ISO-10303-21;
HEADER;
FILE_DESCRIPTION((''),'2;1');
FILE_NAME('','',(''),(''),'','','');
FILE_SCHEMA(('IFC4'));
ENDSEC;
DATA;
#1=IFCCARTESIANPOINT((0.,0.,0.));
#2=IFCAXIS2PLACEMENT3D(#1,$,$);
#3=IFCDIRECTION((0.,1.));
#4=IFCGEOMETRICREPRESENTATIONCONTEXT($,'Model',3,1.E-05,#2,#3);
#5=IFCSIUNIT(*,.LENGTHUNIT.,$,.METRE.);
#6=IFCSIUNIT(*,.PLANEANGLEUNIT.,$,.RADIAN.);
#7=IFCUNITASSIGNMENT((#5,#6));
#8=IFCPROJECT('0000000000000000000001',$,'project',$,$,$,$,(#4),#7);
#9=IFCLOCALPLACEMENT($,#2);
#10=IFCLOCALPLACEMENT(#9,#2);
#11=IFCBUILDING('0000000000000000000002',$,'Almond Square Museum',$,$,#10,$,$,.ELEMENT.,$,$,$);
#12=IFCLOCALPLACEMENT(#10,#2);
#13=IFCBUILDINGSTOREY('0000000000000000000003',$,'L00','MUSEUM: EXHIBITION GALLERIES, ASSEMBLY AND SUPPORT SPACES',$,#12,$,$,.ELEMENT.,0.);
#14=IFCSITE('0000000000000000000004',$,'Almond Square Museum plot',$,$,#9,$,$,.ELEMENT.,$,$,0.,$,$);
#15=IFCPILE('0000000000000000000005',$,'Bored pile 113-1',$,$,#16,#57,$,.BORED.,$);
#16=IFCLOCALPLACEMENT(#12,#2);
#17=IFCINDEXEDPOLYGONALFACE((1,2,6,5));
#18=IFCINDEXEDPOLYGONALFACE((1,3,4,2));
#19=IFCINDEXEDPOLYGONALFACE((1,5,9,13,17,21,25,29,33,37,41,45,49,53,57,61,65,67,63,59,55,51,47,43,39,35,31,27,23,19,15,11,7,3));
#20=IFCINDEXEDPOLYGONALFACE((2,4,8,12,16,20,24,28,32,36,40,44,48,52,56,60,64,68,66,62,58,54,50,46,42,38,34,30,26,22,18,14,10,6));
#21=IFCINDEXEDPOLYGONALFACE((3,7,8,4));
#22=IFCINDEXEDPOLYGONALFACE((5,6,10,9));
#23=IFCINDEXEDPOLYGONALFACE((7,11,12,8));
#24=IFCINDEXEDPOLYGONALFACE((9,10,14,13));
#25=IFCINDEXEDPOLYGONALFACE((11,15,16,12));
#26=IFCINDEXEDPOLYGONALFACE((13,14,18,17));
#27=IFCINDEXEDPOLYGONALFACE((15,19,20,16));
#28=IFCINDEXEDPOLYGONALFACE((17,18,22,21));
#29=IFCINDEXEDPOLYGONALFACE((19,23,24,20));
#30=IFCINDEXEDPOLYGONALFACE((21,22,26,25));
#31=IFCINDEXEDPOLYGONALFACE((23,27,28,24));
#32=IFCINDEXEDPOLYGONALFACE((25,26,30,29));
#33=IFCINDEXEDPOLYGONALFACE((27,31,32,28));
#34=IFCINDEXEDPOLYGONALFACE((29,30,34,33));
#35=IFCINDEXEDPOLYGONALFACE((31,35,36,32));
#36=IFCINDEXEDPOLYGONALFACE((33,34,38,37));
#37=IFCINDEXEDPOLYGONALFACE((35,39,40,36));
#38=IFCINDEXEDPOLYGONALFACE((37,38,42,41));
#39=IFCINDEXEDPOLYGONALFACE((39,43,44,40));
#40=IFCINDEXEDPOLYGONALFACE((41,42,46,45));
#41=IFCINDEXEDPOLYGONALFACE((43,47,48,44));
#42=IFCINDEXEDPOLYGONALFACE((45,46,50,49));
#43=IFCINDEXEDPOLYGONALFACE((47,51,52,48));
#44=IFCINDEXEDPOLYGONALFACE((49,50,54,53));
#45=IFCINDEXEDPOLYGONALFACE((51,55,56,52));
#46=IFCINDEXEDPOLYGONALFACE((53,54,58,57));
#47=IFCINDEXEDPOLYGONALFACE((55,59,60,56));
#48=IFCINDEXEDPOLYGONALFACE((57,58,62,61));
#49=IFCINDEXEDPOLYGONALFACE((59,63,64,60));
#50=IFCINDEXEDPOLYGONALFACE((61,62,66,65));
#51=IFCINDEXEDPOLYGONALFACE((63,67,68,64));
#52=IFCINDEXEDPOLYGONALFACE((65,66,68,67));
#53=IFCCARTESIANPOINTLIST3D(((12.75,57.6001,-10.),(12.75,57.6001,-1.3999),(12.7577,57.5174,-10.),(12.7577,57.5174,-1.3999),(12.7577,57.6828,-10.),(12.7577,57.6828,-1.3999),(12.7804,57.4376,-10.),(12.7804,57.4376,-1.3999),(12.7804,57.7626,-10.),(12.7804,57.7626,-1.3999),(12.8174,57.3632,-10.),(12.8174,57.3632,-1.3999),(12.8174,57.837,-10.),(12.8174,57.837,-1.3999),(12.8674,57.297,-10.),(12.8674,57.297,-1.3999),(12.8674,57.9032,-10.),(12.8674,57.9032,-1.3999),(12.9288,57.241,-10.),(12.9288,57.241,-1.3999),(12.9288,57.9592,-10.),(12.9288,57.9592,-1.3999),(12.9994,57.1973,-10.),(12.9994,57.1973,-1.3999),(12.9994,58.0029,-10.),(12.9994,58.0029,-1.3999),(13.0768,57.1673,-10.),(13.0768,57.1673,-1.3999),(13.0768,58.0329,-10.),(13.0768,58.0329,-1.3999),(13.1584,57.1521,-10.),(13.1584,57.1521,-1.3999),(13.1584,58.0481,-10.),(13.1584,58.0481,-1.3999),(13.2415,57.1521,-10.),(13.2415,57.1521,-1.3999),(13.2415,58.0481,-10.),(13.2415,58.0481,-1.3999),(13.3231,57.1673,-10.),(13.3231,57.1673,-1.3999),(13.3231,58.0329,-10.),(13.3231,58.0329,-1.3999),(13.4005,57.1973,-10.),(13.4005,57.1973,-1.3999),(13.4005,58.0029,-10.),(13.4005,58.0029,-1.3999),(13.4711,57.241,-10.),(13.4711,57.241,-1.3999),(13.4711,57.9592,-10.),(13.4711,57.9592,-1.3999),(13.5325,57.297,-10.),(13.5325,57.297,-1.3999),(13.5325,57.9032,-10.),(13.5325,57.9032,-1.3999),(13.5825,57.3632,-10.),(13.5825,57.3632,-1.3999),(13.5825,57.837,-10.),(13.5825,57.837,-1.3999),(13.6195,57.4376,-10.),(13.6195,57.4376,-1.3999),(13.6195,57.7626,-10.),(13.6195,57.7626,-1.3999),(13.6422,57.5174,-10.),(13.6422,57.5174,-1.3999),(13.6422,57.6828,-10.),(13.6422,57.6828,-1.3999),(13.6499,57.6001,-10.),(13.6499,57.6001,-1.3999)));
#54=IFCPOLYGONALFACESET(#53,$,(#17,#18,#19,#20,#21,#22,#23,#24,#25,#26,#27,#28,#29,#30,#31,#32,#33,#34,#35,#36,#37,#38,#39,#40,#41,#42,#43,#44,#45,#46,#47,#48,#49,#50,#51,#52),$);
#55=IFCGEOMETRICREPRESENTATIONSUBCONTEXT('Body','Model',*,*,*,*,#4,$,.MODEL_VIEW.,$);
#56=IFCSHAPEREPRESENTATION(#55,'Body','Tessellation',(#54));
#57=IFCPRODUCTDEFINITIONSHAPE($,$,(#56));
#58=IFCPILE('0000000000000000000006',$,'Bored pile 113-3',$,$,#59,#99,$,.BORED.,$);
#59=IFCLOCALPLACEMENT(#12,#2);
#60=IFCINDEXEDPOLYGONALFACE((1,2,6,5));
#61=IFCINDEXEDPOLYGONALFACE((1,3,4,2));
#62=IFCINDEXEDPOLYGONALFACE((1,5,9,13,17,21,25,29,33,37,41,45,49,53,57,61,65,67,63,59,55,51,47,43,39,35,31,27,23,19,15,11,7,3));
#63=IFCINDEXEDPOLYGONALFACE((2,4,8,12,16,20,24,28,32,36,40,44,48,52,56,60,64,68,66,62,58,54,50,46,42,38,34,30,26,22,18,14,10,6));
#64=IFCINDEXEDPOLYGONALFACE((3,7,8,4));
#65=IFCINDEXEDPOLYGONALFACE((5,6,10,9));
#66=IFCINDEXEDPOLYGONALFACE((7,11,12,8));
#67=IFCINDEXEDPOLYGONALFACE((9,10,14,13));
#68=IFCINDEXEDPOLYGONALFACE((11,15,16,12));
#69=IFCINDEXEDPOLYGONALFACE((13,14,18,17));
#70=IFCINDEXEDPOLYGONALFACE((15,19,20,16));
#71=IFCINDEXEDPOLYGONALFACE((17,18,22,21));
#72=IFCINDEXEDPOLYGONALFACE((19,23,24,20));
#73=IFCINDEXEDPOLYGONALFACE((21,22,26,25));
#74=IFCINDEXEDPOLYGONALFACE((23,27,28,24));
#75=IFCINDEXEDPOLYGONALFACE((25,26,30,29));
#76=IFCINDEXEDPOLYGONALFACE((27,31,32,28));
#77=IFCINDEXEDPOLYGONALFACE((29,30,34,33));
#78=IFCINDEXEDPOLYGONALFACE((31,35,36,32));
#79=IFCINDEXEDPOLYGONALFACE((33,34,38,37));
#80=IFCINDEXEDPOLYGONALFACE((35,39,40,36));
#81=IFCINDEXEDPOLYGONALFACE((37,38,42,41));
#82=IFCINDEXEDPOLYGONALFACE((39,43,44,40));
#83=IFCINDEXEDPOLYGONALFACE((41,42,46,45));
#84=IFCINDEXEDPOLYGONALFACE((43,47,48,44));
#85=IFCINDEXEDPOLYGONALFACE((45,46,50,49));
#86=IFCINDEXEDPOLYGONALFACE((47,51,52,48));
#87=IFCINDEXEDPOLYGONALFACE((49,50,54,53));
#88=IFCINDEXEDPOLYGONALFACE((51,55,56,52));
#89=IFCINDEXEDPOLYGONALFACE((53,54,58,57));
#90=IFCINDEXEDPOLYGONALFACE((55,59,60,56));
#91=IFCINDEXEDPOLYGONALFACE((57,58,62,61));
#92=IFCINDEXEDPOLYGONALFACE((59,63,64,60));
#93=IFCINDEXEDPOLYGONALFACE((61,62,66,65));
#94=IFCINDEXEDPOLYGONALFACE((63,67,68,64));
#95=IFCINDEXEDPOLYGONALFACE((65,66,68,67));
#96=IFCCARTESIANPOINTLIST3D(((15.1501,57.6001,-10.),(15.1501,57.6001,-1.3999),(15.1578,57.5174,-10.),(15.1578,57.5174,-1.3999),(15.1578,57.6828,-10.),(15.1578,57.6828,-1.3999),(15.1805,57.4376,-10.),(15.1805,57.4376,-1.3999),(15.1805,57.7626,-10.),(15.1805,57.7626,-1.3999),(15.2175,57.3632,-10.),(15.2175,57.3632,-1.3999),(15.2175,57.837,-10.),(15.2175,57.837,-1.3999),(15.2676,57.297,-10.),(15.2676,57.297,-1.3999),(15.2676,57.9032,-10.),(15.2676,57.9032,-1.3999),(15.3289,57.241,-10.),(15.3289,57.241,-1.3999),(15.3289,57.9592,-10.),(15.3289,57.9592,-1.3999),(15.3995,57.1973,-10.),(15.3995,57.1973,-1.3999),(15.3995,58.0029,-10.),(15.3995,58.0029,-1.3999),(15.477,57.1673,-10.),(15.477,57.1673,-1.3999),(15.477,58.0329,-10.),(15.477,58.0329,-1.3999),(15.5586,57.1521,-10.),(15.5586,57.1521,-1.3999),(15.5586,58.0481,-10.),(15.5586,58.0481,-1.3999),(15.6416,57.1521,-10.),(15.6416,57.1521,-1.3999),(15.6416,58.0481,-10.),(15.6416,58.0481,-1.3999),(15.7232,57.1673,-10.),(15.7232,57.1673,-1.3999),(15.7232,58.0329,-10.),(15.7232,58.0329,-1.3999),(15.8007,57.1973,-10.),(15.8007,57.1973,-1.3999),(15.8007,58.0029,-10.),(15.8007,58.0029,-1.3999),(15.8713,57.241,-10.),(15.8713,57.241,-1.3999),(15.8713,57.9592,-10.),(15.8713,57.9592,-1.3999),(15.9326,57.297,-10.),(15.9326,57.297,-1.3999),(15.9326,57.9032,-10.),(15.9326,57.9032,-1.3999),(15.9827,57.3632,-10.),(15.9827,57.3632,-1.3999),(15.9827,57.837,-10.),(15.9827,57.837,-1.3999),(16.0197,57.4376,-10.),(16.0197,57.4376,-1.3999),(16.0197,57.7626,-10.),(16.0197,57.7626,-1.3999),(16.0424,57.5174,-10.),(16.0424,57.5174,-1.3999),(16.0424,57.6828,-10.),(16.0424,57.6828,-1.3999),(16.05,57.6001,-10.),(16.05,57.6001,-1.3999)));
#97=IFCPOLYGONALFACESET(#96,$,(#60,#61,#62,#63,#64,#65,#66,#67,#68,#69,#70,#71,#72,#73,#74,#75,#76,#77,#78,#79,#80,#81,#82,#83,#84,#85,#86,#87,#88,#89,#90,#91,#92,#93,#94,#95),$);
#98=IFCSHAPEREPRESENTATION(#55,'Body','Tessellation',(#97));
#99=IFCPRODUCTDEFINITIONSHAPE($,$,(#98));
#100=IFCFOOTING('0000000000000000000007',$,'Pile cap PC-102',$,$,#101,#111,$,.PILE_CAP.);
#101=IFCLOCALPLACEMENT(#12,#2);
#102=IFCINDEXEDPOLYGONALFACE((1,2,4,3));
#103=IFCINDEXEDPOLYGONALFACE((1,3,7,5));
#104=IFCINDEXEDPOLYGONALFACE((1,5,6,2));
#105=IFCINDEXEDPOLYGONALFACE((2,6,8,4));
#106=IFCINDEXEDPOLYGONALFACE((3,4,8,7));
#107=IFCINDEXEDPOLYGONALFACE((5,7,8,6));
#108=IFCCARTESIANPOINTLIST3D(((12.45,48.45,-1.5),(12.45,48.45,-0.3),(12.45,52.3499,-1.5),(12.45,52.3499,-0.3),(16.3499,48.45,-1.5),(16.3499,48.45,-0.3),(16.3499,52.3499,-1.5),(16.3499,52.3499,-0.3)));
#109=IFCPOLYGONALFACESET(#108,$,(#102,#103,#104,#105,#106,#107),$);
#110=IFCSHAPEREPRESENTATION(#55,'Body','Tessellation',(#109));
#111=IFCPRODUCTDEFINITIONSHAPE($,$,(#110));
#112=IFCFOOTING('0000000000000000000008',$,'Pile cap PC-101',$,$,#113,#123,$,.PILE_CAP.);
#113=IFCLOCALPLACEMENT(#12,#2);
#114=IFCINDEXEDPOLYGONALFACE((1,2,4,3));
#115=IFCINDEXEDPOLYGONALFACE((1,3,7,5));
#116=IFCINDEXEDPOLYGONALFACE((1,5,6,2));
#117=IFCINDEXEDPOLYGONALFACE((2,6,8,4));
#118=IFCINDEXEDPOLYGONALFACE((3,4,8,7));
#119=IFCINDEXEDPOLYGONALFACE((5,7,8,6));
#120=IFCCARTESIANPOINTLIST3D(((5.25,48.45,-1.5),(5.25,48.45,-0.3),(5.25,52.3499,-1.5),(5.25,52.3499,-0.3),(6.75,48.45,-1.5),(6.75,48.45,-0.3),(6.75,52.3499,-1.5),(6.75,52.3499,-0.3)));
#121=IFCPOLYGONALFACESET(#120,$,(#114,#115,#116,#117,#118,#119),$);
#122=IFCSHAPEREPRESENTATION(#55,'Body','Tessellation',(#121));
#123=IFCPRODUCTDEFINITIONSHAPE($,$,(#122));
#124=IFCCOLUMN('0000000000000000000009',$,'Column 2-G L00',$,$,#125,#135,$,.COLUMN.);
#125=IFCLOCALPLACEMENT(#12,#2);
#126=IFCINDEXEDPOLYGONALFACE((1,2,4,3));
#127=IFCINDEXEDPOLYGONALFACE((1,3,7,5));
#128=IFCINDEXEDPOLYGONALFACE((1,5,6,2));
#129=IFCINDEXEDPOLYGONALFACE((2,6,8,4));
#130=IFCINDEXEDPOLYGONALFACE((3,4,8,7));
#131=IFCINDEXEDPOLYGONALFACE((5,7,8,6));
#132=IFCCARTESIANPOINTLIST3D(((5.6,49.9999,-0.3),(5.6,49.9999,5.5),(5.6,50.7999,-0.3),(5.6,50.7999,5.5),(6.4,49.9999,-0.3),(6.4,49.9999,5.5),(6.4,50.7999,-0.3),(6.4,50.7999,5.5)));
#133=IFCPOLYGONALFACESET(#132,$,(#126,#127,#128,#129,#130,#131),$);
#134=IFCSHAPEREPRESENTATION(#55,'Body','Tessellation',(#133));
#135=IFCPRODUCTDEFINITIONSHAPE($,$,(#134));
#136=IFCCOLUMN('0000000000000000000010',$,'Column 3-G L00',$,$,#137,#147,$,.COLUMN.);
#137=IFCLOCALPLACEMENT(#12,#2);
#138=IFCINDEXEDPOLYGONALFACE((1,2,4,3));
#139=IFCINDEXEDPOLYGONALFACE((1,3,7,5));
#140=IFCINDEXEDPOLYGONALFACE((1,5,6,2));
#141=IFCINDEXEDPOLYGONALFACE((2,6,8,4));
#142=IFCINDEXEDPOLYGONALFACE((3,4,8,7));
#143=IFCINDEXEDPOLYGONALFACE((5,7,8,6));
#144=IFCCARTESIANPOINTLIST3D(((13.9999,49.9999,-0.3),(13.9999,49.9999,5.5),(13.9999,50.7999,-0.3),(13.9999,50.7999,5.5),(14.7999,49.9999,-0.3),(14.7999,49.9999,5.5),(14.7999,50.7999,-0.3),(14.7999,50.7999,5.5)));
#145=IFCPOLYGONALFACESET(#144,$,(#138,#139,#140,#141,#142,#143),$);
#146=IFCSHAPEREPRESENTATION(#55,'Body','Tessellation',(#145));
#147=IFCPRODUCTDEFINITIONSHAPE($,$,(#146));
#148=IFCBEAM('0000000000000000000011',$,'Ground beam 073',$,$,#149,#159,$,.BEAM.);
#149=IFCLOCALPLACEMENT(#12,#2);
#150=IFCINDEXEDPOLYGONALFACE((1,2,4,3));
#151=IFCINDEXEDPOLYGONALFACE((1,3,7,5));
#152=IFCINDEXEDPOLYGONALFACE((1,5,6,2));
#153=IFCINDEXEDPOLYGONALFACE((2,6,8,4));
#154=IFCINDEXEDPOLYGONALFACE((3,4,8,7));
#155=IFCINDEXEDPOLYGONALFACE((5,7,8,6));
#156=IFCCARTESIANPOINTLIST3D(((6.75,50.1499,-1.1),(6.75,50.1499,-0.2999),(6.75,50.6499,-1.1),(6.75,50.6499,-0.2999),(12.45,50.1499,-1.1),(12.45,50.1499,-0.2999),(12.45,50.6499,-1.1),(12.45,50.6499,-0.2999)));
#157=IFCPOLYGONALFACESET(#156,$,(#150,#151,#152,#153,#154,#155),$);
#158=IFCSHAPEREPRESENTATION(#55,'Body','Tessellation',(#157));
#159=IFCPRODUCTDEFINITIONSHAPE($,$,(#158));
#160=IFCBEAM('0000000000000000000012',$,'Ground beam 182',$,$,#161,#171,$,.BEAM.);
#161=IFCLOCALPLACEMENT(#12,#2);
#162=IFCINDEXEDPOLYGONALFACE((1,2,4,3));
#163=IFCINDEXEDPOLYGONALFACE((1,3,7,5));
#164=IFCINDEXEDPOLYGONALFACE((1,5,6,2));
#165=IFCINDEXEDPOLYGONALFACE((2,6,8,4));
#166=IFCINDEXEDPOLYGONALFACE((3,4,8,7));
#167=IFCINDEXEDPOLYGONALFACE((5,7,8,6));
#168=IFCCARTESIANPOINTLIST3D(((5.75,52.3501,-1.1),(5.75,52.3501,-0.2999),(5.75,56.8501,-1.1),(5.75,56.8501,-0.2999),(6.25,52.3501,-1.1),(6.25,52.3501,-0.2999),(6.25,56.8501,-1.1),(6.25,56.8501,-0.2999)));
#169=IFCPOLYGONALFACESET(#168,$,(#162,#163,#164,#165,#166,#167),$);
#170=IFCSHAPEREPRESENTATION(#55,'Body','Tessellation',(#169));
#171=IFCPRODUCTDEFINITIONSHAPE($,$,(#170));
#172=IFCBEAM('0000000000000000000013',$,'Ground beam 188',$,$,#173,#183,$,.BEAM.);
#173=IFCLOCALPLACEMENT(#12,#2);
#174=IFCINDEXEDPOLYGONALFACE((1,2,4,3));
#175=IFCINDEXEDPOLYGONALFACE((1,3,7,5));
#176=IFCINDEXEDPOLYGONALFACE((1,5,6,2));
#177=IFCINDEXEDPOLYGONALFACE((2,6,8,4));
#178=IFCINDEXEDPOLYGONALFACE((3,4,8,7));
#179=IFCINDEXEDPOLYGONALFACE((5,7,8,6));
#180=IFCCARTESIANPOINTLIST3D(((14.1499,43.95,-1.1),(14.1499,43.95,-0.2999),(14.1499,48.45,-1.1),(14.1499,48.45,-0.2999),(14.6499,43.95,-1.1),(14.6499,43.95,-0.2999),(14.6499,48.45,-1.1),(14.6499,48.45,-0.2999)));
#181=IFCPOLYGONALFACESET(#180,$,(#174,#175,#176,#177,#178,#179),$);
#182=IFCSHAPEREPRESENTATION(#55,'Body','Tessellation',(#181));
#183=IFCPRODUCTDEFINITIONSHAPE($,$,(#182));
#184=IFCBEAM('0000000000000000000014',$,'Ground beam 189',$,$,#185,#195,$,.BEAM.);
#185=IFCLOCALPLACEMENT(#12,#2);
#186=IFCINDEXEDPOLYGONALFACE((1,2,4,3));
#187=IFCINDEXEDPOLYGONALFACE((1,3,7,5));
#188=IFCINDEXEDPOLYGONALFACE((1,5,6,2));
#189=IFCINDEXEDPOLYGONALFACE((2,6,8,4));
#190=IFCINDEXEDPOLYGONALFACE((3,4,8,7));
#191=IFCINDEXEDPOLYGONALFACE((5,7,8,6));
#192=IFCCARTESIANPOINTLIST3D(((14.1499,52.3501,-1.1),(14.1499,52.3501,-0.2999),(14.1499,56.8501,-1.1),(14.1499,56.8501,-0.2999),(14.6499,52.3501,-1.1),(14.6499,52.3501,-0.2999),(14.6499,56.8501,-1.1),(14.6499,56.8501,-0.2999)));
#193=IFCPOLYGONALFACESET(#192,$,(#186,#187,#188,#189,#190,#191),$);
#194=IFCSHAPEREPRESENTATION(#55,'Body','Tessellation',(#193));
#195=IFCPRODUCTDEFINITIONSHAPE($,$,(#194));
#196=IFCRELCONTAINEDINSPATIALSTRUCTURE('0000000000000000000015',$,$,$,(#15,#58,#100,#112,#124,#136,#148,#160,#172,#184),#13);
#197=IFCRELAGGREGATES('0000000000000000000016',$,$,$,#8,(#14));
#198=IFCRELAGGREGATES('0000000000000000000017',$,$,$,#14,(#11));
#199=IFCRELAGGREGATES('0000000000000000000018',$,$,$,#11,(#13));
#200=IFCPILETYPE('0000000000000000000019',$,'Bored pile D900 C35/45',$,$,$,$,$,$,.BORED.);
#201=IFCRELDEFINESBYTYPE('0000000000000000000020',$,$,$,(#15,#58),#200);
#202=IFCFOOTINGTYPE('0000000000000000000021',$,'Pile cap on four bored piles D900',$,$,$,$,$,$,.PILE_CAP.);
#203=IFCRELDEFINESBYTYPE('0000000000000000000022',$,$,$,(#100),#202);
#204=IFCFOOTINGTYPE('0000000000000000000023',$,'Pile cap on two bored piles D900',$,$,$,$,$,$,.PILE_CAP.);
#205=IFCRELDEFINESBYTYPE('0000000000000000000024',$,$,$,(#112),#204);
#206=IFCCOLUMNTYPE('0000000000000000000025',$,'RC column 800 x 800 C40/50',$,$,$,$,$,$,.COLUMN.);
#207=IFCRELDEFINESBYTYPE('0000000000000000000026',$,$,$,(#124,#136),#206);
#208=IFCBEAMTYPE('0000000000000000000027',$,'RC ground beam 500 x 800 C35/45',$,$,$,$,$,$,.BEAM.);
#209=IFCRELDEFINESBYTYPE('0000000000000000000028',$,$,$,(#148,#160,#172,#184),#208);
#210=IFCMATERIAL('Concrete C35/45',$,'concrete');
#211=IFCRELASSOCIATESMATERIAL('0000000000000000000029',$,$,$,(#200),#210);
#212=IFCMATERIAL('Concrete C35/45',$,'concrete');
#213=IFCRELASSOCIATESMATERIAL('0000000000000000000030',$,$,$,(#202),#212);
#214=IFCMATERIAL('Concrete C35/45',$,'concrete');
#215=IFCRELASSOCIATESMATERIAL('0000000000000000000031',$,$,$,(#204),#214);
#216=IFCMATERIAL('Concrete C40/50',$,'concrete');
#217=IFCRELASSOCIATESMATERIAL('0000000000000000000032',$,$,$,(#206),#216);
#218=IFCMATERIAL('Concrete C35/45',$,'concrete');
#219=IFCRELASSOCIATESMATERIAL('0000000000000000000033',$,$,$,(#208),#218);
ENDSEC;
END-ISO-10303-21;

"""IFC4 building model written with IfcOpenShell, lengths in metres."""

from ifc_helpers import new_model, si_unit, direction, frame, origin, origin_2d, place, context, subcontext, project, spatial, rectangle, circle, extrude, material, material_profile, profile_set, type_object, element, save


model = new_model("IFC4")

# Units and contexts
model_context = context("Model", 3, precision=1e-05, world=origin(), true_north=direction((0.0, 1.0)))
body_context = subcontext(model_context, "Body", "Model", "MODEL_VIEW")
ifc_project = project(units=[si_unit("LENGTHUNIT", "METRE"), si_unit("PLANEANGLEUNIT", "RADIAN")], contexts=[model_context])

# Site, building, storey
site_placement = place(None, origin())
site = spatial("IfcSite", under=ifc_project, at=site_placement, Name="Almond Square Museum plot", CompositionType="ELEMENT", RefElevation=0.0)
building_placement = place(site_placement, origin())
building = spatial("IfcBuilding", under=site, at=building_placement, Name="Almond Square Museum", CompositionType="ELEMENT")
storey_placement = place(building_placement, origin())
storey = spatial("IfcBuildingStorey", under=building, at=storey_placement, Name="L00", Description="MUSEUM: EXHIBITION GALLERIES, ASSEMBLY AND SUPPORT SPACES", CompositionType="ELEMENT", Elevation=0.0)

# Piles
ifc_material_1 = material(Name="Concrete C35/45", Category="concrete")
ifc_material_profile_1 = material_profile(ifc_material_1, circle(Radius=0.45, at=origin_2d()))
ifc_profile_set_1 = profile_set([ifc_material_profile_1], Name="Concrete C35/45")
pile_type = type_object("IfcPileType", Name="Bored pile D900 C35/45", PredefinedType="BORED", material=ifc_profile_set_1)
for number, where, z_axis, x_axis, name in (
    (1, (13.2, 57.6001, -1.3999), (0.0, 0.0, -1.0), (1.0, 0.0, 0.0), "Bored pile 113-1"),
    (2, (15.6001, 57.6001, -1.3999), (0.0, 0.0, -1.0), (1.0, 0.0, 0.0), "Bored pile 113-3"),
):
    element("IfcPile", number, at=place(storey_placement, frame(where, z_axis=z_axis, x_axis=x_axis)), inside=storey, type_object=pile_type, Name=name, PredefinedType="BORED", context=body_context, shape_type="SweptSolid", body=[
        extrude(circle(Radius=0.45, at=origin_2d()), origin(), (0.0, 0.0, 1.0), 8.6001),
    ])

# Footings
ifc_material_2 = material(Name="Concrete C35/45", Category="concrete")
footing_type_1 = type_object("IfcFootingType", Name="Pile cap on four bored piles D900", PredefinedType="PILE_CAP", material=ifc_material_2)
footing_1_placement = place(storey_placement, frame((14.3999, 50.3999, -1.5), z_axis=(0.0, 0.0, 1.0), x_axis=(1.0, 0.0, 0.0)))
element("IfcFooting", 3, at=footing_1_placement, inside=storey, type_object=footing_type_1, Name="Pile cap PC-102", PredefinedType="PILE_CAP", context=body_context, shape_type="SweptSolid", body=[
    extrude(rectangle(XDim=3.8999, YDim=3.8999, at=origin_2d()), origin(), (0.0, 0.0, 1.0), 1.2),
])
ifc_material_3 = material(Name="Concrete C35/45", Category="concrete")
footing_type_2 = type_object("IfcFootingType", Name="Pile cap on two bored piles D900", PredefinedType="PILE_CAP", material=ifc_material_3)
footing_2_placement = place(storey_placement, frame((6.0, 50.3999, -1.5), z_axis=(0.0, 0.0, 1.0), x_axis=(1.0, 0.0, 0.0)))
element("IfcFooting", 4, at=footing_2_placement, inside=storey, type_object=footing_type_2, Name="Pile cap PC-101", PredefinedType="PILE_CAP", context=body_context, shape_type="SweptSolid", body=[
    extrude(rectangle(XDim=1.5, YDim=3.8999, at=origin_2d()), origin(), (0.0, 0.0, 1.0), 1.2),
])

# Columns
ifc_material_4 = material(Name="Concrete C40/50", Category="concrete")
ifc_material_profile_2 = material_profile(ifc_material_4, rectangle(XDim=0.8, YDim=0.8, at=origin_2d()))
ifc_profile_set_2 = profile_set([ifc_material_profile_2], Name="Concrete C40/50")
column_type = type_object("IfcColumnType", Name="RC column 800 x 800 C40/50", PredefinedType="COLUMN", material=ifc_profile_set_2)
for number, where, z_axis, x_axis, name in (
    (5, (6.0, 50.3999, -0.3), (0.0, 0.0, 1.0), (1.0, 0.0, 0.0), "Column 2-G L00"),
    (6, (14.3999, 50.3999, -0.3), (0.0, 0.0, 1.0), (1.0, 0.0, 0.0), "Column 3-G L00"),
):
    element("IfcColumn", number, at=place(storey_placement, frame(where, z_axis=z_axis, x_axis=x_axis)), inside=storey, type_object=column_type, Name=name, PredefinedType="COLUMN", context=body_context, shape_type="SweptSolid", body=[
        extrude(rectangle(XDim=0.8, YDim=0.8, at=origin_2d()), origin(), (0.0, 0.0, 1.0), 5.8),
    ])

# Beams
ifc_material_5 = material(Name="Concrete C35/45", Category="concrete")
ifc_material_profile_3 = material_profile(ifc_material_5, rectangle(XDim=0.5, YDim=0.8, at=origin_2d()))
ifc_profile_set_3 = profile_set([ifc_material_profile_3], Name="Concrete C35/45")
beam_type = type_object("IfcBeamType", Name="RC ground beam 500 x 800 C35/45", PredefinedType="BEAM", material=ifc_profile_set_3)
beam_placement = place(storey_placement, frame((6.75, 50.3999, -0.7), z_axis=(1.0, 0.0, 0.0), x_axis=(0.0, 1.0, 0.0)))
element("IfcBeam", 7, at=beam_placement, inside=storey, type_object=beam_type, Name="Ground beam 073", PredefinedType="BEAM", context=body_context, shape_type="SweptSolid", body=[
    extrude(rectangle(XDim=0.5, YDim=0.8, at=origin_2d()), origin(), (0.0, 0.0, 1.0), 5.7),
])
for number, where, z_axis, x_axis, name in (
    (8, (6.0, 52.3501, -0.7), (0.0, 1.0, 0.0), (-1.0, 0.0, 0.0), "Ground beam 182"),
    (9, (14.3999, 43.95, -0.7), (0.0, 1.0, 0.0), (-1.0, 0.0, 0.0), "Ground beam 188"),
    (10, (14.3999, 52.3501, -0.7), (0.0, 1.0, 0.0), (-1.0, 0.0, 0.0), "Ground beam 189"),
):
    element("IfcBeam", number, at=place(storey_placement, frame(where, z_axis=z_axis, x_axis=x_axis)), inside=storey, type_object=beam_type, Name=name, PredefinedType="BEAM", context=body_context, shape_type="SweptSolid", body=[
        extrude(rectangle(XDim=0.5, YDim=0.8, at=origin_2d()), origin(), (0.0, 0.0, 1.0), 4.5),
    ])

save(model, "model.ifc")
